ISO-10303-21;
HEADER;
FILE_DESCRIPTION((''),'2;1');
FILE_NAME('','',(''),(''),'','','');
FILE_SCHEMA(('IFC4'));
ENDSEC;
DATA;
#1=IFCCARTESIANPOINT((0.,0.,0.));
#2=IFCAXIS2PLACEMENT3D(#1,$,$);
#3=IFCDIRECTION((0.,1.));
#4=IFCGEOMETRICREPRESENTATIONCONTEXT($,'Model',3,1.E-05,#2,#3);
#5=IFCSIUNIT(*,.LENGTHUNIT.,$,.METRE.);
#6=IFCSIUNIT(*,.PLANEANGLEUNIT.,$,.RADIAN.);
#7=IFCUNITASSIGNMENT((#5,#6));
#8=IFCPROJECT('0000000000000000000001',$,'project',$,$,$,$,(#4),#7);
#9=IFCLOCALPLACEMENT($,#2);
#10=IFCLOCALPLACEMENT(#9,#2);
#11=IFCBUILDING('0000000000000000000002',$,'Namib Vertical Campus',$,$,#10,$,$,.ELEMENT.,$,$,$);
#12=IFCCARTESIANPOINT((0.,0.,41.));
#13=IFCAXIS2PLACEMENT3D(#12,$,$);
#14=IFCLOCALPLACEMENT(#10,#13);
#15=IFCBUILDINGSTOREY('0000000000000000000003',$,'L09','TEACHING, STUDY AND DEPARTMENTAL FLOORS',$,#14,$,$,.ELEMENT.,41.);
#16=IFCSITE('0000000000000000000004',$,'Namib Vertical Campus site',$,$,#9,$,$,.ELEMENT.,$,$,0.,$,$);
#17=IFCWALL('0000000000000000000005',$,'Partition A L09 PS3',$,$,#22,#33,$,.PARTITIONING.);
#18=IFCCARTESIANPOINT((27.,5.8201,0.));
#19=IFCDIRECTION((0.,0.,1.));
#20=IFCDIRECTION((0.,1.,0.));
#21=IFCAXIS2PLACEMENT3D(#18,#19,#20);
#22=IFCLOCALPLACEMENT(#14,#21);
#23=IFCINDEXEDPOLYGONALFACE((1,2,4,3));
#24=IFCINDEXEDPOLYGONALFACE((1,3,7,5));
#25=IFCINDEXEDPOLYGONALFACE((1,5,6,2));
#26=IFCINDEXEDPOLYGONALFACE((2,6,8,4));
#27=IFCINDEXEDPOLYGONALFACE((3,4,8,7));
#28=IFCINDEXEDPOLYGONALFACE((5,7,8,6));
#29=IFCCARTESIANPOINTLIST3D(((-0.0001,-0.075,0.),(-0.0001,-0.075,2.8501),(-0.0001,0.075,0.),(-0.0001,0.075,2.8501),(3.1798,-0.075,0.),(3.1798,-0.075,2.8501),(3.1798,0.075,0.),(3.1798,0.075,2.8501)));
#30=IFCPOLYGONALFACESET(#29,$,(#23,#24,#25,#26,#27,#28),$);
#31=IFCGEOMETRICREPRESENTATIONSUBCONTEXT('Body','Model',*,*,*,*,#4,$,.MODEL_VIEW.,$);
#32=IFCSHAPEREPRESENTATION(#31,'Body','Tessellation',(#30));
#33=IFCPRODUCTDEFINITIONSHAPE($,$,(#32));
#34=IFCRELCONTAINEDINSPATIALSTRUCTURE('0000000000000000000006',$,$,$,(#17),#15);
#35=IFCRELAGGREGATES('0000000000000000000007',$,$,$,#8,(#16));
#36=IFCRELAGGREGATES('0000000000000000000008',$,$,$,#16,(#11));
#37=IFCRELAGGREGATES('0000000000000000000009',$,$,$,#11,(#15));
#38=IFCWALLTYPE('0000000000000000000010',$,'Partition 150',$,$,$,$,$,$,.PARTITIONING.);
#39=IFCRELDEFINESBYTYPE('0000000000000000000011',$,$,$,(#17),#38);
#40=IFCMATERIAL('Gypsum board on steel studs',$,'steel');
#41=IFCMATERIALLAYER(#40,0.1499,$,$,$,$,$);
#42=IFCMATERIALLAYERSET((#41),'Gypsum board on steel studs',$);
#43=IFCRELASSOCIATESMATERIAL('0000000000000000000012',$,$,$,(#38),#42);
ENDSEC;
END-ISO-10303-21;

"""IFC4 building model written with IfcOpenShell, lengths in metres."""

from ifc_helpers import new_model, si_unit, direction, frame, frame_2d, origin, place, context, subcontext, project, spatial, rectangle, extrude, material, layer, layer_set, type_object, element, save


model = new_model("IFC4")

# Units and contexts
model_context = context("Model", 3, precision=1e-05, world=origin(), true_north=direction((0.0, 1.0)))
body_context = subcontext(model_context, "Body", "Model", "MODEL_VIEW")
ifc_project = project(units=[si_unit("LENGTHUNIT", "METRE"), si_unit("PLANEANGLEUNIT", "RADIAN")], contexts=[model_context])

# Site, building, storey
site_placement = place(None, origin())
site = spatial("IfcSite", under=ifc_project, at=site_placement, Name="Namib Vertical Campus site", CompositionType="ELEMENT", RefElevation=0.0)
building_placement = place(site_placement, origin())
building = spatial("IfcBuilding", under=site, at=building_placement, Name="Namib Vertical Campus", CompositionType="ELEMENT")
storey_placement = place(building_placement, frame((0.0, 0.0, 41.0)))
storey = spatial("IfcBuildingStorey", under=building, at=storey_placement, Name="L09", Description="TEACHING, STUDY AND DEPARTMENTAL FLOORS", CompositionType="ELEMENT", Elevation=41.0)

# Wall
ifc_material_1 = material(Name="Gypsum board on steel studs", Category="steel")
ifc_layer_1 = layer(ifc_material_1, 0.1499)
ifc_layer_set_1 = layer_set([ifc_layer_1], Name="Gypsum board on steel studs")
wall_type_1 = type_object("IfcWallType", Name="Partition 150", PredefinedType="PARTITIONING", material=ifc_layer_set_1)
wall_1_placement = place(storey_placement, frame((27.0, 5.8201, 0.0), z_axis=(0.0, 0.0, 1.0), x_axis=(0.0, 1.0, 0.0)))
element("IfcWall", 1, at=wall_1_placement, inside=storey, type_object=wall_type_1, Name="Partition A L09 PS3", PredefinedType="PARTITIONING", context=body_context, shape_type="SweptSolid", body=[
    extrude(rectangle(XDim=3.1799, YDim=0.1499, at=frame_2d((1.5898, 0.0))), origin(), (0.0, 0.0, 1.0), 2.8501),
])

save(model, "model.ifc")
